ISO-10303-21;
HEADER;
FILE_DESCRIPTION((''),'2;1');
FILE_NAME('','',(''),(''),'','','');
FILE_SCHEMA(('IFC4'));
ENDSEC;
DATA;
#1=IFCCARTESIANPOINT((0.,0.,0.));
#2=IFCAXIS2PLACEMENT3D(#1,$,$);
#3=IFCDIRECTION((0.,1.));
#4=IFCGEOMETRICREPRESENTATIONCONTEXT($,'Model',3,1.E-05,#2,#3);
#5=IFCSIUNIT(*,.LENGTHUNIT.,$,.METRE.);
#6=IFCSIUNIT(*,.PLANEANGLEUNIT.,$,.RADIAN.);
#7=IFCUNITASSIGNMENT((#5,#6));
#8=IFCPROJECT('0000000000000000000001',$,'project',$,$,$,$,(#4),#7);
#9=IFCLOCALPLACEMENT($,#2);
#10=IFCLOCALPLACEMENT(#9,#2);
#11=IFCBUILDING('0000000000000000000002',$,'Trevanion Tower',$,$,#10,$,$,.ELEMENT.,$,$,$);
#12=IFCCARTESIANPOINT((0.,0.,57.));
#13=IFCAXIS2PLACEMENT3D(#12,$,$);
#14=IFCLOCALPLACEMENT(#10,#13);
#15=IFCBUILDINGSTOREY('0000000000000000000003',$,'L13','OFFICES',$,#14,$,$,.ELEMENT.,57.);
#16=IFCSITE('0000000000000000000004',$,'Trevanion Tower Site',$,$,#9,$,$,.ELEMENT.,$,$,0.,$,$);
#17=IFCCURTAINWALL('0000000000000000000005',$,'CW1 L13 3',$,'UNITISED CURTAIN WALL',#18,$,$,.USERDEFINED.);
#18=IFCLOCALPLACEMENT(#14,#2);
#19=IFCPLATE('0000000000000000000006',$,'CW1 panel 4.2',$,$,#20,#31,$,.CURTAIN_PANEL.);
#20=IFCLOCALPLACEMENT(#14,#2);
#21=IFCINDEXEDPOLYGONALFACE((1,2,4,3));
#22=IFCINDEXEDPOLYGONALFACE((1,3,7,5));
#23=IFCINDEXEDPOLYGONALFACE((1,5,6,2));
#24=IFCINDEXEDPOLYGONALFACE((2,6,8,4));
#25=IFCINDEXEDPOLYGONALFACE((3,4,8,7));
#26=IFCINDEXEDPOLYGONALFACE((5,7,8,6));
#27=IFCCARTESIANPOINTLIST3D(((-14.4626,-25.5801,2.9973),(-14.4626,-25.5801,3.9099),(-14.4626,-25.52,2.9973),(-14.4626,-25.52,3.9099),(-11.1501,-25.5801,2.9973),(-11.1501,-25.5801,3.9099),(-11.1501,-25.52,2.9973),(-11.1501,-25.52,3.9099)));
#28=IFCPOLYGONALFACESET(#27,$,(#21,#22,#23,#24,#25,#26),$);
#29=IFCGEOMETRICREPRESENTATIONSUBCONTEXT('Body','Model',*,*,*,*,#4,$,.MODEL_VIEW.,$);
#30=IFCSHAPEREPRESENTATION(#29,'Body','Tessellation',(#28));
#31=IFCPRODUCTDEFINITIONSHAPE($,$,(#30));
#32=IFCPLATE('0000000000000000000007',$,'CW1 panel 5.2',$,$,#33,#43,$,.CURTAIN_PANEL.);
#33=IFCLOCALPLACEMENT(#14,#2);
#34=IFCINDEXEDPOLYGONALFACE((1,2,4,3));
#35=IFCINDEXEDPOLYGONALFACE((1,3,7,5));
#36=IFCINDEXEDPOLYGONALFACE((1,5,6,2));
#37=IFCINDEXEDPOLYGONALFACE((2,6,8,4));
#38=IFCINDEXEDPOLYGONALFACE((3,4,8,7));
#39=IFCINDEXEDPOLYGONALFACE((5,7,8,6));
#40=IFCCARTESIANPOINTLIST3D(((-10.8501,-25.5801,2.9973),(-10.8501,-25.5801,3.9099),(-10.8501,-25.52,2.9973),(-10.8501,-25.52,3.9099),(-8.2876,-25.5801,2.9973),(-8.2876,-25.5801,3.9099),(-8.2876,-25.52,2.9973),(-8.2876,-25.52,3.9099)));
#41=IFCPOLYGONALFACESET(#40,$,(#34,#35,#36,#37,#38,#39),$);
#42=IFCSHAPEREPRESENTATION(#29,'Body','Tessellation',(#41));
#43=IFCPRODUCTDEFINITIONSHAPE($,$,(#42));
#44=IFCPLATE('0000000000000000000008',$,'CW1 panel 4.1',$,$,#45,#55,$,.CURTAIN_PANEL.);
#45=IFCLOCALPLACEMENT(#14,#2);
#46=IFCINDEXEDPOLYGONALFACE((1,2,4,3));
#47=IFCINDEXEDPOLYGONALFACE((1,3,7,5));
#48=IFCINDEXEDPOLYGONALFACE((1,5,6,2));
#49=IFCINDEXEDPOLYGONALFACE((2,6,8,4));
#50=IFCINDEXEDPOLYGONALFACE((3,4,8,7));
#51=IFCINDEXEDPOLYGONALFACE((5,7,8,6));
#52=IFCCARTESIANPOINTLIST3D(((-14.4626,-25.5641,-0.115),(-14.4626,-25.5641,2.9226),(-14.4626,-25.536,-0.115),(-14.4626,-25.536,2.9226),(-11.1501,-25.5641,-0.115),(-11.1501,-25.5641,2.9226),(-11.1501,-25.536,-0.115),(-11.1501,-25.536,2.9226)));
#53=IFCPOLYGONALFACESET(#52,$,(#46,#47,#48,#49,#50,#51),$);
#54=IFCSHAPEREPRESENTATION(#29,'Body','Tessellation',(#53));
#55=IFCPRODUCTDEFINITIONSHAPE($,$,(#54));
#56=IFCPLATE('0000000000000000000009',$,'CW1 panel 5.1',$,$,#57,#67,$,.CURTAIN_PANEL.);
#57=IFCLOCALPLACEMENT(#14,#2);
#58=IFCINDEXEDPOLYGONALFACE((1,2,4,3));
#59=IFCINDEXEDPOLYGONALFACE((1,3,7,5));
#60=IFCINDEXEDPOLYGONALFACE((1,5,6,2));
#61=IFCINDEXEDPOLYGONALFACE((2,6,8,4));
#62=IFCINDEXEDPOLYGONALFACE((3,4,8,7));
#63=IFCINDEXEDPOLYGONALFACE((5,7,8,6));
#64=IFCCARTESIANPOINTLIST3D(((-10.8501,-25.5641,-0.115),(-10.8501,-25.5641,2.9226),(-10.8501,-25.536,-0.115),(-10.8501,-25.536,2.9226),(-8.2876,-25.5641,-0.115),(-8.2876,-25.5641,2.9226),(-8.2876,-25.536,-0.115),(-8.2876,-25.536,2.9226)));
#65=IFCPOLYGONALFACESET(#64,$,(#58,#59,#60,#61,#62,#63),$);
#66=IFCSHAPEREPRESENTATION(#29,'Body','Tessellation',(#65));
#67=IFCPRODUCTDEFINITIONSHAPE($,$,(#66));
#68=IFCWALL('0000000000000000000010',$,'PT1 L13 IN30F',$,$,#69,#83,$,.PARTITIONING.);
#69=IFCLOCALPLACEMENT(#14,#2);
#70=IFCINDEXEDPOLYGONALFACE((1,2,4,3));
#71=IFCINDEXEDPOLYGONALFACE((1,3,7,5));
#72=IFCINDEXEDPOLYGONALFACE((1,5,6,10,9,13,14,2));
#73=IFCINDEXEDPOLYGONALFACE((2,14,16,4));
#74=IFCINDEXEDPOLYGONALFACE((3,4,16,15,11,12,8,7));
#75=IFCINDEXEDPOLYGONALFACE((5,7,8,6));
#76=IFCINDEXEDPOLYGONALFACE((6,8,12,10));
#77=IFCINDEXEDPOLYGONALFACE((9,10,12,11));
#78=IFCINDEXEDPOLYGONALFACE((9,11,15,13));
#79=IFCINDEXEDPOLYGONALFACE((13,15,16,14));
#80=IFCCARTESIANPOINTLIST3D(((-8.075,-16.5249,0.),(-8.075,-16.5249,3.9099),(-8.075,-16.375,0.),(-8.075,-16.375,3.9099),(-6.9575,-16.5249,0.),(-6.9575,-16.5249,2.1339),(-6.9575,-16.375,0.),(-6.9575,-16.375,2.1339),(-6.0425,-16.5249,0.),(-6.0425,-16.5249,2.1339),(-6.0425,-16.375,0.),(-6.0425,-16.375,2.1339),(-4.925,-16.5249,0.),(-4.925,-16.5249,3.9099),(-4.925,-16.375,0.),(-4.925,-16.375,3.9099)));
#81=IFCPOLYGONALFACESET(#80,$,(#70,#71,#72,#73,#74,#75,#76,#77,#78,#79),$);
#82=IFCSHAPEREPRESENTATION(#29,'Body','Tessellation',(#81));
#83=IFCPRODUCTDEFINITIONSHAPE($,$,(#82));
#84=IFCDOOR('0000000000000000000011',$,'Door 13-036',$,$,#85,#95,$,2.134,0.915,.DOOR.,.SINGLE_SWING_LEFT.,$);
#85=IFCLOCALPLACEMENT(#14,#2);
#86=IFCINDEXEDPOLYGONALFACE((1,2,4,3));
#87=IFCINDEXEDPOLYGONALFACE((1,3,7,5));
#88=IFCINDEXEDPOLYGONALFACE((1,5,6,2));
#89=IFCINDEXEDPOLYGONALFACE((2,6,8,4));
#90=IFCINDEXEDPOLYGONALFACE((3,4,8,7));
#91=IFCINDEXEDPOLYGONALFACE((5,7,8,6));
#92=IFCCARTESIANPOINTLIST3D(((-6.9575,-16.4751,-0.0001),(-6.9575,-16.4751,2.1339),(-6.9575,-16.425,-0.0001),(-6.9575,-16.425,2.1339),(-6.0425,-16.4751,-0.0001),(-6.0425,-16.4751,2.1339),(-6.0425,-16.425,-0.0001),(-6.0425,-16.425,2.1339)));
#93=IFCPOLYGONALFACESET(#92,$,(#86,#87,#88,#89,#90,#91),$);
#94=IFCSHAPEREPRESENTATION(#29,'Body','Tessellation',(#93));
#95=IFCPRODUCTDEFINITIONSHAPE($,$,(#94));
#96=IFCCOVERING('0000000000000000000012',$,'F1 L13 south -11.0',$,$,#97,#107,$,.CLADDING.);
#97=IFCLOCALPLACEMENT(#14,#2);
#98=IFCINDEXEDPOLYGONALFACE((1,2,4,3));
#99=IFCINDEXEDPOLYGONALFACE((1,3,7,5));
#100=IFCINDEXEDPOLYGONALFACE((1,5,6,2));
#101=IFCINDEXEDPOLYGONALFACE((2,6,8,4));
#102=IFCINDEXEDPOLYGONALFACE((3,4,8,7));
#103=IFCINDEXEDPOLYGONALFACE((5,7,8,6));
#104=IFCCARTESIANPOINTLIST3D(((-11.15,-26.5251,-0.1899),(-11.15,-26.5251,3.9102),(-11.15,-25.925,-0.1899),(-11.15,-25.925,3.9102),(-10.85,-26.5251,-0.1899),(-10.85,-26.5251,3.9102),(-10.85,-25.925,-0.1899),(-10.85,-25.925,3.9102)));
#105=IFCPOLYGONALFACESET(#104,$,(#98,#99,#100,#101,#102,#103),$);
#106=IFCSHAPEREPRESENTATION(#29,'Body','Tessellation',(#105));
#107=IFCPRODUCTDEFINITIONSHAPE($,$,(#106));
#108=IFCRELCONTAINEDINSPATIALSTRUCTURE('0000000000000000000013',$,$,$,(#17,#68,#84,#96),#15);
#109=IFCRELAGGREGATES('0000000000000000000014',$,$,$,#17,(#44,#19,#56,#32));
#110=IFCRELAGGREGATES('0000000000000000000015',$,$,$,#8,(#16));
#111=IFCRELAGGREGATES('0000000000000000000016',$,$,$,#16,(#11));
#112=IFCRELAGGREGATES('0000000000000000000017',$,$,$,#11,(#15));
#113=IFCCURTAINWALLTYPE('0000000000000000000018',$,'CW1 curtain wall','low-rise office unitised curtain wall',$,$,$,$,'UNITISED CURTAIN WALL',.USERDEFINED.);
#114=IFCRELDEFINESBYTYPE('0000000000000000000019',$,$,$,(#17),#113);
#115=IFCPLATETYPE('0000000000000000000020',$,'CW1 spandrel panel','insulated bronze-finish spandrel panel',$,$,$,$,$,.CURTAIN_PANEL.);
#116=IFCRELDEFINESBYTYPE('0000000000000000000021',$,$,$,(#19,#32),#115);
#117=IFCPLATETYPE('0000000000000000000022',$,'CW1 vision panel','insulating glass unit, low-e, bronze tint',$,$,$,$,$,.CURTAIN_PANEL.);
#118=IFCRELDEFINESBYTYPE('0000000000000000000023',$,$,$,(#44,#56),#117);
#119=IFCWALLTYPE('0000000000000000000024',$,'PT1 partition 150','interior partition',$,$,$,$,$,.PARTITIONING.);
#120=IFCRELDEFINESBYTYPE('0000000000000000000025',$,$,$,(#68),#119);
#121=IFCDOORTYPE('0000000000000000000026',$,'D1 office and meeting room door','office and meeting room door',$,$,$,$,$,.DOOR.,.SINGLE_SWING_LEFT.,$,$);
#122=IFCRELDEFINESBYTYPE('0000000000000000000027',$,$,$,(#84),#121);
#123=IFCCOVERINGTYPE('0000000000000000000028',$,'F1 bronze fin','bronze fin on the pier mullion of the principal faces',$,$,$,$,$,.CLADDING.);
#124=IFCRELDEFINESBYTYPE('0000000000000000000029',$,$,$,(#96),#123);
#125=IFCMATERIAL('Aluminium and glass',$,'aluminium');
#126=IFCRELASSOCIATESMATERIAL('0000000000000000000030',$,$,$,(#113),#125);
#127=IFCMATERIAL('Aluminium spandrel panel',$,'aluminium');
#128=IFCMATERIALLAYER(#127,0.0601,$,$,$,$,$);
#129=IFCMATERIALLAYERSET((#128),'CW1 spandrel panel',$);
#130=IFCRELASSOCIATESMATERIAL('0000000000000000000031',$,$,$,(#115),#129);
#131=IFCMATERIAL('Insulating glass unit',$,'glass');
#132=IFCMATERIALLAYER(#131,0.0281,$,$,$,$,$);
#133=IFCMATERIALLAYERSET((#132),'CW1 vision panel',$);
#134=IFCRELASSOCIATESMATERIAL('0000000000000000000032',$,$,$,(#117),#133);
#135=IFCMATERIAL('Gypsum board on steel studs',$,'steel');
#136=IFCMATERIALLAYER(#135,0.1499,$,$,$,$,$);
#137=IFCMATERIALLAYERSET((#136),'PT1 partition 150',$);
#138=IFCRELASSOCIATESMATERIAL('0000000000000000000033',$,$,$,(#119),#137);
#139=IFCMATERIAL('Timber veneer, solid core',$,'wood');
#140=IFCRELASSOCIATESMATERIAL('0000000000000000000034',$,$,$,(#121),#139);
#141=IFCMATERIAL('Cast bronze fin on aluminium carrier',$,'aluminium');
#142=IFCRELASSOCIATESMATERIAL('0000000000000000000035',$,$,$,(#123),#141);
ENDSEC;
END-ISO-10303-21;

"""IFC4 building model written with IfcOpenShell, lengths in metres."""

from ifc_helpers import new_model, si_unit, direction, frame, frame_2d, origin, origin_2d, place, context, subcontext, project, spatial, rectangle, extrude, material, layer, layer_set, type_object, element, fill, aggregate, save


model = new_model("IFC4")

# Units and contexts
model_context = context("Model", 3, precision=1e-05, world=origin(), true_north=direction((0.0, 1.0)))
body_context = subcontext(model_context, "Body", "Model", "MODEL_VIEW")
ifc_project = project(units=[si_unit("LENGTHUNIT", "METRE"), si_unit("PLANEANGLEUNIT", "RADIAN")], contexts=[model_context])

# Site, building, storey
site_placement = place(None, origin())
site = spatial("IfcSite", under=ifc_project, at=site_placement, Name="Trevanion Tower Site", CompositionType="ELEMENT", RefElevation=0.0)
building_placement = place(site_placement, origin())
building = spatial("IfcBuilding", under=site, at=building_placement, Name="Trevanion Tower", CompositionType="ELEMENT")
storey_placement = place(building_placement, frame((0.0, 0.0, 57.0)))
storey = spatial("IfcBuildingStorey", under=building, at=storey_placement, Name="L13", Description="OFFICES", CompositionType="ELEMENT", Elevation=57.0)

# Curtain wall
ifc_material_1 = material(Name="Aluminium and glass", Category="aluminium")
curtain_wall_type = type_object("IfcCurtainWallType", Name="CW1 curtain wall", Description="low-rise office unitised curtain wall", ElementType="UNITISED CURTAIN WALL", PredefinedType="USERDEFINED", material=ifc_material_1)
curtain_wall_placement = place(storey_placement, origin())
curtain_wall = element("IfcCurtainWall", 1, at=curtain_wall_placement, inside=storey, type_object=curtain_wall_type, Name="CW1 L13 3", ObjectType="UNITISED CURTAIN WALL", PredefinedType="USERDEFINED")

# Plates
ifc_material_2 = material(Name="Aluminium spandrel panel", Category="aluminium")
ifc_layer_1 = layer(ifc_material_2, 0.0601)
ifc_layer_set_1 = layer_set([ifc_layer_1], Name="CW1 spandrel panel")
plate_type_1 = type_object("IfcPlateType", Name="CW1 spandrel panel", Description="insulated bronze-finish spandrel panel", PredefinedType="CURTAIN_PANEL", material=ifc_layer_set_1)
plate_1_placement = place(storey_placement, frame((-12.8064, -25.55, 2.9973), z_axis=(0.0, 0.0, 1.0), x_axis=(1.0, 0.0, 0.0)))
plate_1 = element("IfcPlate", 2, at=plate_1_placement, type_object=plate_type_1, Name="CW1 panel 4.2", PredefinedType="CURTAIN_PANEL", context=body_context, shape_type="SweptSolid", body=[
    extrude(rectangle(XDim=3.3125, YDim=0.0601, at=origin_2d()), origin(), (0.0, 0.0, 1.0), 0.9126),
])
plate_2_placement = place(storey_placement, frame((-9.5688, -25.55, 2.9973), z_axis=(0.0, 0.0, 1.0), x_axis=(1.0, 0.0, 0.0)))
plate_2 = element("IfcPlate", 3, at=plate_2_placement, type_object=plate_type_1, Name="CW1 panel 5.2", PredefinedType="CURTAIN_PANEL", context=body_context, shape_type="SweptSolid", body=[
    extrude(rectangle(XDim=2.5625, YDim=0.0601, at=origin_2d()), origin(), (0.0, 0.0, 1.0), 0.9126),
])
ifc_material_3 = material(Name="Insulating glass unit", Category="glass")
ifc_layer_2 = layer(ifc_material_3, 0.0281)
ifc_layer_set_2 = layer_set([ifc_layer_2], Name="CW1 vision panel")
plate_type_2 = type_object("IfcPlateType", Name="CW1 vision panel", Description="insulating glass unit, low-e, bronze tint", PredefinedType="CURTAIN_PANEL", material=ifc_layer_set_2)
plate_3_placement = place(storey_placement, frame((-12.8064, -25.55, -0.115), z_axis=(0.0, 0.0, 1.0), x_axis=(1.0, 0.0, 0.0)))
plate_3 = element("IfcPlate", 4, at=plate_3_placement, type_object=plate_type_2, Name="CW1 panel 4.1", PredefinedType="CURTAIN_PANEL", context=body_context, shape_type="SweptSolid", body=[
    extrude(rectangle(XDim=3.3125, YDim=0.0281, at=origin_2d()), origin(), (0.0, 0.0, 1.0), 3.0376),
])
plate_4_placement = place(storey_placement, frame((-9.5688, -25.55, -0.115), z_axis=(0.0, 0.0, 1.0), x_axis=(1.0, 0.0, 0.0)))
plate_4 = element("IfcPlate", 5, at=plate_4_placement, type_object=plate_type_2, Name="CW1 panel 5.1", PredefinedType="CURTAIN_PANEL", context=body_context, shape_type="SweptSolid", body=[
    extrude(rectangle(XDim=2.5625, YDim=0.0281, at=origin_2d()), origin(), (0.0, 0.0, 1.0), 3.0376),
])
aggregate(curtain_wall, [plate_3, plate_1, plate_4, plate_2])

# Wall, opening, door
ifc_material_4 = material(Name="Gypsum board on steel studs", Category="steel")
ifc_layer_3 = layer(ifc_material_4, 0.1499)
ifc_layer_set_3 = layer_set([ifc_layer_3], Name="PT1 partition 150")
wall_type = type_object("IfcWallType", Name="PT1 partition 150", Description="interior partition", PredefinedType="PARTITIONING", material=ifc_layer_set_3)
wall_placement = place(storey_placement, frame((-8.075, -16.45, 0.0), z_axis=(0.0, 0.0, 1.0), x_axis=(1.0, 0.0, 0.0)))
wall = element("IfcWall", 6, at=wall_placement, inside=storey, type_object=wall_type, Name="PT1 L13 IN30F", PredefinedType="PARTITIONING", context=body_context, shape_type="SweptSolid", body=[
    extrude(rectangle(XDim=3.1499, YDim=0.1499, at=frame_2d((1.575, 0.0))), origin(), (0.0, 0.0, 1.0), 3.9099),
])
opening_placement = place(wall_placement, frame((1.1174, 0.0, 0.0)))
opening = element("IfcOpeningElement", 7, at=opening_placement, cuts=wall, PredefinedType="OPENING", context=body_context, shape_type="SweptSolid", body=[
    extrude(rectangle(XDim=0.915, YDim=2.134, at=frame_2d((0.4575, 1.0669))), frame((0.0, 0.085, 0.0), z_axis=(0.0, -1.0, 0.0), x_axis=(1.0, 0.0, 0.0)), (0.0, 0.0, 1.0), 0.1699),
])
ifc_material_5 = material(Name="Timber veneer, solid core", Category="wood")
door_type = type_object("IfcDoorType", Name="D1 office and meeting room door", Description="office and meeting room door", OperationType="SINGLE_SWING_LEFT", PredefinedType="DOOR", material=ifc_material_5)
door_placement = place(opening_placement, origin())
door = element("IfcDoor", 8, at=door_placement, inside=storey, type_object=door_type, Name="Door 13-036", OperationType="SINGLE_SWING_LEFT", OverallHeight=2.134, OverallWidth=0.915, PredefinedType="DOOR", context=body_context, shape_type="SweptSolid", body=[
    extrude(rectangle(XDim=0.915, YDim=2.134, at=frame_2d((0.4575, 1.0669))), frame((0.0, 0.0249, 0.0), z_axis=(0.0, -1.0, 0.0), x_axis=(1.0, 0.0, 0.0)), (0.0, 0.0, 1.0), 0.05),
])
fill(opening, door)

# Covering
ifc_material_6 = material(Name="Cast bronze fin on aluminium carrier", Category="aluminium")
covering_type = type_object("IfcCoveringType", Name="F1 bronze fin", Description="bronze fin on the pier mullion of the principal faces", PredefinedType="CLADDING", material=ifc_material_6)
covering_placement = place(storey_placement, frame((-11.0, -26.2251, -0.1899), z_axis=(0.0, 0.0, 1.0), x_axis=(1.0, 0.0, 0.0)))
element("IfcCovering", 9, at=covering_placement, inside=storey, type_object=covering_type, Name="F1 L13 south -11.0", PredefinedType="CLADDING", context=body_context, shape_type="SweptSolid", body=[
    extrude(rectangle(XDim=0.3, YDim=0.6001, at=origin_2d()), origin(), (0.0, 0.0, 1.0), 4.1001),
])

save(model, "model.ifc")
